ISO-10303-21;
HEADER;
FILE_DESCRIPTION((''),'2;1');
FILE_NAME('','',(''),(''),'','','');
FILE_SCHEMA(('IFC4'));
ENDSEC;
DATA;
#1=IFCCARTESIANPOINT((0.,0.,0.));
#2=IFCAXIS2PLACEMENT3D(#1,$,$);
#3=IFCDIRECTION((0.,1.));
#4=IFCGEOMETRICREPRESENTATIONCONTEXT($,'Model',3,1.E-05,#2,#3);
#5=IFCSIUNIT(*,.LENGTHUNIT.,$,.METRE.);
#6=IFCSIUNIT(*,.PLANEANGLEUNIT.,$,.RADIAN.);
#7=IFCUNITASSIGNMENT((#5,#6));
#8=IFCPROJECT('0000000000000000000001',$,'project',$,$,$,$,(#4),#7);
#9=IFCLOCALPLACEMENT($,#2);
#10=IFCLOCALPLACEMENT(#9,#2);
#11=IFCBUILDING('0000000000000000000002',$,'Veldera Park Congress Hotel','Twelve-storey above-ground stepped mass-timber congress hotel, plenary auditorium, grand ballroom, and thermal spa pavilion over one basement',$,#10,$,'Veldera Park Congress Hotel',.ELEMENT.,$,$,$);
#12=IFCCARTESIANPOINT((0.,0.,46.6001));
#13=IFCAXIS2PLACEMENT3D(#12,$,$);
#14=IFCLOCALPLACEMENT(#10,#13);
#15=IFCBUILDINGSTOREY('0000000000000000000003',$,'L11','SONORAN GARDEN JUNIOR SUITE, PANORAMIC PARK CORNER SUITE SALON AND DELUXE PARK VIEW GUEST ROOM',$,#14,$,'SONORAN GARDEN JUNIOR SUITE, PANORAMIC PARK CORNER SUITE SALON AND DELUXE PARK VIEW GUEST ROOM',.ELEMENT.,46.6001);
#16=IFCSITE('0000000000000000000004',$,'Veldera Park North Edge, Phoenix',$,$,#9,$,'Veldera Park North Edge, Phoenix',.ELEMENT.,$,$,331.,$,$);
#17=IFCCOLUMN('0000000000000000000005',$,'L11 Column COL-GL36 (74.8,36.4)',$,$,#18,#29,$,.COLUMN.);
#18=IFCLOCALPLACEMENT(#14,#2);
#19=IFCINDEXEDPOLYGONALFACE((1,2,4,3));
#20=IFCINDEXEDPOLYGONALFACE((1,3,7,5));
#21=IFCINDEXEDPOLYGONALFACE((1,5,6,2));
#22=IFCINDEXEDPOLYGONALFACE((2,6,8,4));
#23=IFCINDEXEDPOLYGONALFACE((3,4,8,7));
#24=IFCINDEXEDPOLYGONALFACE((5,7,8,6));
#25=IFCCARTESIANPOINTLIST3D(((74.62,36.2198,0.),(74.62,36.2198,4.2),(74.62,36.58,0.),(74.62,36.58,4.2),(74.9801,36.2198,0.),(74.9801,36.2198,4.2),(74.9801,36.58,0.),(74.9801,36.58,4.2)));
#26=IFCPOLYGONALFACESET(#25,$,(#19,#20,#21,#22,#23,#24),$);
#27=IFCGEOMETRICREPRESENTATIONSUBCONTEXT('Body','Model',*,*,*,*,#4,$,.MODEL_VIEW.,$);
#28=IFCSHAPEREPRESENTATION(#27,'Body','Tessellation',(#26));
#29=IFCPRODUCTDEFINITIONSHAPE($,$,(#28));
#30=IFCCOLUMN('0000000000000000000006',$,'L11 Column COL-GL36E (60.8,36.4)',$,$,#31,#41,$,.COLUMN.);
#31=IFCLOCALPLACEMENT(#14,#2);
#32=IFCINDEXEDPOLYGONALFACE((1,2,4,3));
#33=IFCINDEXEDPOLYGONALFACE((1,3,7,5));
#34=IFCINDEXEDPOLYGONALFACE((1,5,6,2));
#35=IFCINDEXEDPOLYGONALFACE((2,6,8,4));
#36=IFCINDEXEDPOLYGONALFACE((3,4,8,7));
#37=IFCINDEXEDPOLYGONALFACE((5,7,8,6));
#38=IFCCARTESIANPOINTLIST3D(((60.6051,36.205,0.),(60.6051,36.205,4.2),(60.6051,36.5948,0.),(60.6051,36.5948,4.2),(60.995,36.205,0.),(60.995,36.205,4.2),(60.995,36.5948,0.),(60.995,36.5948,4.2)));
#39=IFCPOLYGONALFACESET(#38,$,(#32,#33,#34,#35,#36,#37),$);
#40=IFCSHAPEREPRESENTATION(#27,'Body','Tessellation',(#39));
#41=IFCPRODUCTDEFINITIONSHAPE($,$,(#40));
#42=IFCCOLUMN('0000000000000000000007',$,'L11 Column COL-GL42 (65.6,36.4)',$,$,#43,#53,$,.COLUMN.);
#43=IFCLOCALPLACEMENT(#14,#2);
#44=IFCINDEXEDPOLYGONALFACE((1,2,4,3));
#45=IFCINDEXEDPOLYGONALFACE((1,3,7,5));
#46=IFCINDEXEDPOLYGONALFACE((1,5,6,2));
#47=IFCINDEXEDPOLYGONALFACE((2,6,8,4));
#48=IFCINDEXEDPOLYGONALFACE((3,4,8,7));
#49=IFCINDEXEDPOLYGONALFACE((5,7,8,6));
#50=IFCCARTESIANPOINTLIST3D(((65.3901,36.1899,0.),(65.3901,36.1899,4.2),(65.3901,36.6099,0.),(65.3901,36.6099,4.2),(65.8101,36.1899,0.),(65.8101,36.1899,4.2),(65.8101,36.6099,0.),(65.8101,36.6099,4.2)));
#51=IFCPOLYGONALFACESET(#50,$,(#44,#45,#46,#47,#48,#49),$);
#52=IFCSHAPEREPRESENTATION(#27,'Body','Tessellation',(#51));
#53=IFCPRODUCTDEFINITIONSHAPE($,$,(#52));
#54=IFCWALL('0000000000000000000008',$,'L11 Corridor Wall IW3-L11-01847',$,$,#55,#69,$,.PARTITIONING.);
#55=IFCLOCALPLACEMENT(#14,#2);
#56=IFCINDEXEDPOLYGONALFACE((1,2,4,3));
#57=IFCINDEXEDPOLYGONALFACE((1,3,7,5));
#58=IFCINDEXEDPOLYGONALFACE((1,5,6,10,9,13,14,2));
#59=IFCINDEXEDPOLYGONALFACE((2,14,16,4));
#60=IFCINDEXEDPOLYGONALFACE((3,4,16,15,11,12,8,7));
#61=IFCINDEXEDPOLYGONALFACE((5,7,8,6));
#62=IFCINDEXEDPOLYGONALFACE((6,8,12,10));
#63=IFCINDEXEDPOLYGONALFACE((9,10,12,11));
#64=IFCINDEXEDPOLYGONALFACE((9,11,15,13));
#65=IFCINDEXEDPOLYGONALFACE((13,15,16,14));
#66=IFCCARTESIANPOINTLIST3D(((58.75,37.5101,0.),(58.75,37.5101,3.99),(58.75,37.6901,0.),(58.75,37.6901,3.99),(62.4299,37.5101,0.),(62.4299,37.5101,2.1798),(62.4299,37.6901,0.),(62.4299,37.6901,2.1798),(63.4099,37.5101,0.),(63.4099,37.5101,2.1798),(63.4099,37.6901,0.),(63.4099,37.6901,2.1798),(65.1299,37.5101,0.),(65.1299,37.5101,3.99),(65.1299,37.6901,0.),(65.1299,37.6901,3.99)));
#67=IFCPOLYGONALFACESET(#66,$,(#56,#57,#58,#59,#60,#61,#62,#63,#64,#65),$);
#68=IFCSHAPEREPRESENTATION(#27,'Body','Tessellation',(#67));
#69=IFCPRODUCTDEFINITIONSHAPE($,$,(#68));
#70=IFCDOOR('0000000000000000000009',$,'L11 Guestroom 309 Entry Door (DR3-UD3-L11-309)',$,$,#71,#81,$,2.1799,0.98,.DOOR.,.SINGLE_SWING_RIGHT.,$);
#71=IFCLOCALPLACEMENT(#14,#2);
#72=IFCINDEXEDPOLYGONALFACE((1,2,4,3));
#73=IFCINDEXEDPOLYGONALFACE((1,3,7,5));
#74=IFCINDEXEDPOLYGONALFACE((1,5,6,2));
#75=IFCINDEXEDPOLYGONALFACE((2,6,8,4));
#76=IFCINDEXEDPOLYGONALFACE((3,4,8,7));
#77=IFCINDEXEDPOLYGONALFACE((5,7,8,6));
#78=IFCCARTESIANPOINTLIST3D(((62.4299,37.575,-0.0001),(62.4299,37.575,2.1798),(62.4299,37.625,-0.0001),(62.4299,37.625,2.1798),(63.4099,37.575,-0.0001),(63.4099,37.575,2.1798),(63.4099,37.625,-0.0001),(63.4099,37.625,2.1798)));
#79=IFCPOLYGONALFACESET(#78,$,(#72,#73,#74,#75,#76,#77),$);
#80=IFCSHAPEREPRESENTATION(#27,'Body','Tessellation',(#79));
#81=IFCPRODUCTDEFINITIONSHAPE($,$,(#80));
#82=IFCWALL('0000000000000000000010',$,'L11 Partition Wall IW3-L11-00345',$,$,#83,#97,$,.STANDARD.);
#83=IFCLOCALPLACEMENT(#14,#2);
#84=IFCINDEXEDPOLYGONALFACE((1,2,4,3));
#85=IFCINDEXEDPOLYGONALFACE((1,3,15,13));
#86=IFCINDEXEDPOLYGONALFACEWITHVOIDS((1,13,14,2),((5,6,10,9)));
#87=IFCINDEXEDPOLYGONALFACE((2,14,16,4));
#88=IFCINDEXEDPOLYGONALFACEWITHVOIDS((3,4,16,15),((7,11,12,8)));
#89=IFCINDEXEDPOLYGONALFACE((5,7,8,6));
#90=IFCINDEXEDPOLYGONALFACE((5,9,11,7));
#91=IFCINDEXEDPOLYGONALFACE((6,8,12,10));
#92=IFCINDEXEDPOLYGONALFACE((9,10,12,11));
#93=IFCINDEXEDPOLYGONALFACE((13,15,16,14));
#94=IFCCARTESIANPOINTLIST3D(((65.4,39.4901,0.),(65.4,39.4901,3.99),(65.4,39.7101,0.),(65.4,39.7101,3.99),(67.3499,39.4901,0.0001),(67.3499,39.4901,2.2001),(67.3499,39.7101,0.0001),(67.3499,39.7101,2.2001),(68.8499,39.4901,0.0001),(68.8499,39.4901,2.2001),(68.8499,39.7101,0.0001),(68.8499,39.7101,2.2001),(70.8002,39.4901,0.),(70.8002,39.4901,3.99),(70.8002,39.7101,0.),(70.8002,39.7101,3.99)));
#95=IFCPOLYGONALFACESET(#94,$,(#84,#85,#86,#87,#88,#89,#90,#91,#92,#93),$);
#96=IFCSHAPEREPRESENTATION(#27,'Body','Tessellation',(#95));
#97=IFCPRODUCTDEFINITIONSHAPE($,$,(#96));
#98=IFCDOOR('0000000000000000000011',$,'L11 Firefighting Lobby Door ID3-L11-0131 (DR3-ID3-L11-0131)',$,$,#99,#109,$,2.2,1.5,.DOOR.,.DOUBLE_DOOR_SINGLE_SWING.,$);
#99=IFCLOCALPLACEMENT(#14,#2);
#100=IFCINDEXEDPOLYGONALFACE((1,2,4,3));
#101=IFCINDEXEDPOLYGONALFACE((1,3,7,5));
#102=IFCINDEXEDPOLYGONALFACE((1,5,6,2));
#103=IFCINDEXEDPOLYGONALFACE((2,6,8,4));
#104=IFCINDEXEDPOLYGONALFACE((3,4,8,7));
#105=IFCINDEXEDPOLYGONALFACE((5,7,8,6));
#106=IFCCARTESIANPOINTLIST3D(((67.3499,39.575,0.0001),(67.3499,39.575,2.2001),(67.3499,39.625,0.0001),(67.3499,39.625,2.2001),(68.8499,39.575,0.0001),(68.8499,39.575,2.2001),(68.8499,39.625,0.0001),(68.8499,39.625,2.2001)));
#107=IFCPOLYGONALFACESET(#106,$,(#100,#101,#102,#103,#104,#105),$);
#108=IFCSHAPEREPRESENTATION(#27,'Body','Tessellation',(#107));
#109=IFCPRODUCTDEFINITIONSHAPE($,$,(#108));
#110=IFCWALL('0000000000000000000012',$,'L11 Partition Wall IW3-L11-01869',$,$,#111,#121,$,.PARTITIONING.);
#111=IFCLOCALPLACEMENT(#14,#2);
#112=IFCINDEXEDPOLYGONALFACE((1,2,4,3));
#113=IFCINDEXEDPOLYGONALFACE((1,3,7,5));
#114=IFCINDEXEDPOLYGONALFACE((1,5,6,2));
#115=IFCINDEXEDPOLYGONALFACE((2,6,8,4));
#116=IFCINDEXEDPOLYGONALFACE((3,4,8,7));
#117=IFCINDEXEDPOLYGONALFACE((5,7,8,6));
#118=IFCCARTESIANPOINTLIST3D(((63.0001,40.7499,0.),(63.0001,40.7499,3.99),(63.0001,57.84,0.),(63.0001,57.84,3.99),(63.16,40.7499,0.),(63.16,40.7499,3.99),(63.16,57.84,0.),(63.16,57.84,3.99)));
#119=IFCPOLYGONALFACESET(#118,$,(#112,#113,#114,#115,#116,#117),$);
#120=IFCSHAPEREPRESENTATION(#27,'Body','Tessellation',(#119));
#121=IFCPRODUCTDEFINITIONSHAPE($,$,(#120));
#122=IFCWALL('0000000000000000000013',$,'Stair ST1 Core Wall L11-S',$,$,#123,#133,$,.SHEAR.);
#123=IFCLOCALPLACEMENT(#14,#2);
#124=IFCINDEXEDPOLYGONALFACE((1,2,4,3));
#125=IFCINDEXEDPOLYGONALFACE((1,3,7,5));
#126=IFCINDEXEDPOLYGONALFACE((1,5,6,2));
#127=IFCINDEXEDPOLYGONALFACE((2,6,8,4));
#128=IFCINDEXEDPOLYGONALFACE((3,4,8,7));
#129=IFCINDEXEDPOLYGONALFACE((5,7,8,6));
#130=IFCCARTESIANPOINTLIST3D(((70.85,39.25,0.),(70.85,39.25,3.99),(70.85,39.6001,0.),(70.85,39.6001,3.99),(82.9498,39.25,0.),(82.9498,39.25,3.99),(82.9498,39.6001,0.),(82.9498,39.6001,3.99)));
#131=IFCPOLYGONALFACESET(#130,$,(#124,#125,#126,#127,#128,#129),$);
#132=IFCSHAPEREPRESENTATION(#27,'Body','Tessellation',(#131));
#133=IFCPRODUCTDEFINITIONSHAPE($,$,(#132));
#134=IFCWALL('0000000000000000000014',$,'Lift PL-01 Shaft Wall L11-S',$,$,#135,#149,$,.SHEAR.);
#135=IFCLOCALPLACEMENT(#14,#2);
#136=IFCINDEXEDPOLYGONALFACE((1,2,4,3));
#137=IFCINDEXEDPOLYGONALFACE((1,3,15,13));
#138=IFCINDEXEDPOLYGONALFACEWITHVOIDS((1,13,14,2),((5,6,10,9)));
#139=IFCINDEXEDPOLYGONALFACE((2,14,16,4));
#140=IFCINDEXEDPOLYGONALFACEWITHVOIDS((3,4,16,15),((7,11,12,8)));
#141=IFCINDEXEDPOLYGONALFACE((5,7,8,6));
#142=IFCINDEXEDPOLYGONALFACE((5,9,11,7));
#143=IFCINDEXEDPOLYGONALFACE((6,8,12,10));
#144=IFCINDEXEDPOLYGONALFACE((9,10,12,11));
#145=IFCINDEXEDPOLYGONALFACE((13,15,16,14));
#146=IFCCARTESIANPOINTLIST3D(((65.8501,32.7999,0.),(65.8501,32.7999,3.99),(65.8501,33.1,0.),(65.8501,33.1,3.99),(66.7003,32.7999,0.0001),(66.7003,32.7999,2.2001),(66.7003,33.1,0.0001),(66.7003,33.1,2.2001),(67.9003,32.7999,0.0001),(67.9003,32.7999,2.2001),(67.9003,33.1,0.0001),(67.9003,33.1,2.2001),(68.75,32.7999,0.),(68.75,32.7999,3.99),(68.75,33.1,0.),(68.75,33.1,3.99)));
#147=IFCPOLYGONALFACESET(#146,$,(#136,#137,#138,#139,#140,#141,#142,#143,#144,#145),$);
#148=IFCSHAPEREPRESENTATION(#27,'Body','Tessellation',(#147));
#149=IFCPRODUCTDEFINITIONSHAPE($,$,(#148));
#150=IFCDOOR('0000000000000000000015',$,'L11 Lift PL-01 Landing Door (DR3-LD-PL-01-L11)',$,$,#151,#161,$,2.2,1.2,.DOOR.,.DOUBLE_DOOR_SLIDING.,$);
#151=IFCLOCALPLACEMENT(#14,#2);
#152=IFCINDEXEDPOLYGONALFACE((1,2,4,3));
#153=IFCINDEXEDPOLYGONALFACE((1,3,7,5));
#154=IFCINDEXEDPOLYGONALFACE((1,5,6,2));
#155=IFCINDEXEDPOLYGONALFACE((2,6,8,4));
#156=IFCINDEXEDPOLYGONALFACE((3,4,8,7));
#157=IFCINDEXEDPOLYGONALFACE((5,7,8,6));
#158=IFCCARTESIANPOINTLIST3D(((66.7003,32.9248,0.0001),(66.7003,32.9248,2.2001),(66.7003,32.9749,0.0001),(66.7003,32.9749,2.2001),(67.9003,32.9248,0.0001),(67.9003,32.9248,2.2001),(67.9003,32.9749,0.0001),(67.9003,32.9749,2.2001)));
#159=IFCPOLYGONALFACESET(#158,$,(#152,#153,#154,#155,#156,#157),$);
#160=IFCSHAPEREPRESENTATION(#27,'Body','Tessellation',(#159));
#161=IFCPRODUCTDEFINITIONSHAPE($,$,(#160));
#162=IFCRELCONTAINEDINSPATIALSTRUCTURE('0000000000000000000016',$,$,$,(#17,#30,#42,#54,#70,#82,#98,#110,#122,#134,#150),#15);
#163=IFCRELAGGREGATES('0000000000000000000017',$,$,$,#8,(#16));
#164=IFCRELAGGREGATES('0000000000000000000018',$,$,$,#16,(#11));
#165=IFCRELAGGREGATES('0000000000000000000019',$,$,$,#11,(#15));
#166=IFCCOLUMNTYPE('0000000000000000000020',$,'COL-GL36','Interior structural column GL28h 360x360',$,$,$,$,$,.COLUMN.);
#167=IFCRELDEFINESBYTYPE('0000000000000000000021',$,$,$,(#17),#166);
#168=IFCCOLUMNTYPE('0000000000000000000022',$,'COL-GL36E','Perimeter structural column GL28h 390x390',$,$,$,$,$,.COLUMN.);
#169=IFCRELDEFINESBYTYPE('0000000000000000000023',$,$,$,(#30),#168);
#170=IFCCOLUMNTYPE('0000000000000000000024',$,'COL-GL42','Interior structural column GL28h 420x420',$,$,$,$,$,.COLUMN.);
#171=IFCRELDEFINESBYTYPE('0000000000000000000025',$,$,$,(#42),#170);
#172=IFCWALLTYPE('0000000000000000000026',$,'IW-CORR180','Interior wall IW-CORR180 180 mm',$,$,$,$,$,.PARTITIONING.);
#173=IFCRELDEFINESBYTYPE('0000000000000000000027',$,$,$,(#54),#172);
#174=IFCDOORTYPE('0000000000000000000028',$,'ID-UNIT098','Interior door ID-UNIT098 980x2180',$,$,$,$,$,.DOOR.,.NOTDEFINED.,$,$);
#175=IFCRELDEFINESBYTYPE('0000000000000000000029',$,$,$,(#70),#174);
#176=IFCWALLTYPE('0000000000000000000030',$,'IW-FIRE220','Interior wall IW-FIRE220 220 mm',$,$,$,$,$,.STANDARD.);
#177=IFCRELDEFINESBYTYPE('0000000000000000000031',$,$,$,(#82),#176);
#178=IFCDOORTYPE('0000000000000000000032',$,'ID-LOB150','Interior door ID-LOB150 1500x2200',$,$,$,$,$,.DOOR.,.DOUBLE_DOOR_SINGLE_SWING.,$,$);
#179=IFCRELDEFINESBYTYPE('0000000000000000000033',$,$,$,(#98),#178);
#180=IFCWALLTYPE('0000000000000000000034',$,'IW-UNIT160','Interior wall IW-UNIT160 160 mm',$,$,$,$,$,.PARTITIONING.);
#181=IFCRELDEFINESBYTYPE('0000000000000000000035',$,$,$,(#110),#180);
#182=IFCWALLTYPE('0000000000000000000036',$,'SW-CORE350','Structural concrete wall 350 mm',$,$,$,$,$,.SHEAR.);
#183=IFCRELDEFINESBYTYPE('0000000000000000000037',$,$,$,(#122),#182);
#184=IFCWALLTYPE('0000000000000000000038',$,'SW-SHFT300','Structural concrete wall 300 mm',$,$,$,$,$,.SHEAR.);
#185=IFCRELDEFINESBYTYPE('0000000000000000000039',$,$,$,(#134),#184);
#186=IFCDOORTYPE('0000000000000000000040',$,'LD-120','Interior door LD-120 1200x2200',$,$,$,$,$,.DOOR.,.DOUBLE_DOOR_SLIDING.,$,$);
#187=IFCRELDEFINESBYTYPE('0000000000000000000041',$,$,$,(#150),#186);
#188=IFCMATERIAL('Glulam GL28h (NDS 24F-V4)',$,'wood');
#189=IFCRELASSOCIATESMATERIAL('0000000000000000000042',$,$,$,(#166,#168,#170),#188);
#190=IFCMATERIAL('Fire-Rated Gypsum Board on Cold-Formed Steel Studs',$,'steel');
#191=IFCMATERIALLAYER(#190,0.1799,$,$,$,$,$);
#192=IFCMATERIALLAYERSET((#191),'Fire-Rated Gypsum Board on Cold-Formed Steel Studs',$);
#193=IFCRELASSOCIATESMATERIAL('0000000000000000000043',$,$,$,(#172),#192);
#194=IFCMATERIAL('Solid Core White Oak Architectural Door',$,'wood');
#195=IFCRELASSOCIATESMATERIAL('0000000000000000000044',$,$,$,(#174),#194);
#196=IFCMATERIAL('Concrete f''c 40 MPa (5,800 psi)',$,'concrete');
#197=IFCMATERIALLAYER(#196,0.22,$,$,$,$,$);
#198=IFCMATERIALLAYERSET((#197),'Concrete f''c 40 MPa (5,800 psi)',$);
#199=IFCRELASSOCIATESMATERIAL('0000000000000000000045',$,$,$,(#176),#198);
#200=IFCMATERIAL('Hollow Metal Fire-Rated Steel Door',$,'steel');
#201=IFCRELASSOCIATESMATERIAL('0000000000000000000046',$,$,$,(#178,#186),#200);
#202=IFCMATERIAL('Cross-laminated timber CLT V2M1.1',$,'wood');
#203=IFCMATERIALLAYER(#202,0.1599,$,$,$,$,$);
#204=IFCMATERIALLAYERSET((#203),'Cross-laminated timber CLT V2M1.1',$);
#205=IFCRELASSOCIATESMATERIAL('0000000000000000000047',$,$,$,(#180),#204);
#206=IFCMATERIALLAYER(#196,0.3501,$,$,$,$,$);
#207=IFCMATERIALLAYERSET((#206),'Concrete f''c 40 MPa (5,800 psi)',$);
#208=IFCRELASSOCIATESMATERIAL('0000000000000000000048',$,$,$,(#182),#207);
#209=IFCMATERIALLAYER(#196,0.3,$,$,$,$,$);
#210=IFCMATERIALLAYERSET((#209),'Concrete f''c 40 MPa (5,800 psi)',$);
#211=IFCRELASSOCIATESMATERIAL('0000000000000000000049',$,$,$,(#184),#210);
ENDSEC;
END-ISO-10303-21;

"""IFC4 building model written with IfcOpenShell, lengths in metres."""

from ifc_helpers import new_model, si_unit, direction, frame, frame_2d, origin, origin_2d, place, context, subcontext, project, spatial, rectangle, extrude, material, layer, layer_set, material_profile, profile_set, type_object, element, fill, save


model = new_model("IFC4")

# Units and contexts
model_context = context("Model", 3, precision=1e-05, world=origin(), true_north=direction((0.0, 1.0)))
body_context = subcontext(model_context, "Body", "Model", "MODEL_VIEW")
ifc_project = project(units=[si_unit("LENGTHUNIT", "METRE"), si_unit("PLANEANGLEUNIT", "RADIAN")], contexts=[model_context])

# Site, building, storey
site_placement = place(None, origin())
site = spatial("IfcSite", under=ifc_project, at=site_placement, Name="Veldera Park North Edge, Phoenix", LongName="Veldera Park North Edge, Phoenix", CompositionType="ELEMENT", RefElevation=331.0)
building_placement = place(site_placement, origin())
building = spatial("IfcBuilding", under=site, at=building_placement, Name="Veldera Park Congress Hotel", Description="Twelve-storey above-ground stepped mass-timber congress hotel, plenary auditorium, grand ballroom, and thermal spa pavilion over one basement", LongName="Veldera Park Congress Hotel", CompositionType="ELEMENT")
storey_placement = place(building_placement, frame((0.0, 0.0, 46.6001)))
storey = spatial("IfcBuildingStorey", under=building, at=storey_placement, Name="L11", Description="SONORAN GARDEN JUNIOR SUITE, PANORAMIC PARK CORNER SUITE SALON AND DELUXE PARK VIEW GUEST ROOM", LongName="SONORAN GARDEN JUNIOR SUITE, PANORAMIC PARK CORNER SUITE SALON AND DELUXE PARK VIEW GUEST ROOM", CompositionType="ELEMENT", Elevation=46.6001)

# Columns
ifc_material_1 = material(Name="Glulam GL28h (NDS 24F-V4)", Category="wood")
ifc_material_profile_1 = material_profile(ifc_material_1, rectangle(XDim=0.3601, YDim=0.3601, at=origin_2d()), Name="GL28h 360x360")
ifc_profile_set_1 = profile_set([ifc_material_profile_1], Name="Glulam GL28h (NDS 24F-V4)")
column_type_1 = type_object("IfcColumnType", Name="COL-GL36", Description="Interior structural column GL28h 360x360", PredefinedType="COLUMN", material=ifc_profile_set_1)
column_1_placement = place(storey_placement, frame((74.8, 36.3999, 0.0), z_axis=(0.0, 0.0, 1.0), x_axis=(1.0, 0.0, 0.0)))
element("IfcColumn", 1, at=column_1_placement, inside=storey, type_object=column_type_1, Name="L11 Column COL-GL36 (74.8,36.4)", PredefinedType="COLUMN", context=body_context, shape_type="SweptSolid", body=[
    extrude(rectangle(XDim=0.3601, YDim=0.3601, at=origin_2d()), origin(), (0.0, 0.0, 1.0), 4.2),
])
ifc_material_profile_2 = material_profile(ifc_material_1, rectangle(XDim=0.3899, YDim=0.3899, at=origin_2d()), Name="GL28h 390x390")
ifc_profile_set_2 = profile_set([ifc_material_profile_2], Name="Glulam GL28h (NDS 24F-V4)")
column_type_2 = type_object("IfcColumnType", Name="COL-GL36E", Description="Perimeter structural column GL28h 390x390", PredefinedType="COLUMN", material=ifc_profile_set_2)
column_2_placement = place(storey_placement, frame((60.8, 36.3999, 0.0), z_axis=(0.0, 0.0, 1.0), x_axis=(1.0, 0.0, 0.0)))
element("IfcColumn", 2, at=column_2_placement, inside=storey, type_object=column_type_2, Name="L11 Column COL-GL36E (60.8,36.4)", PredefinedType="COLUMN", context=body_context, shape_type="SweptSolid", body=[
    extrude(rectangle(XDim=0.3899, YDim=0.3899, at=origin_2d()), origin(), (0.0, 0.0, 1.0), 4.2),
])
ifc_material_profile_3 = material_profile(ifc_material_1, rectangle(XDim=0.4199, YDim=0.4199, at=origin_2d()), Name="GL28h 420x420")
ifc_profile_set_3 = profile_set([ifc_material_profile_3], Name="Glulam GL28h (NDS 24F-V4)")
column_type_3 = type_object("IfcColumnType", Name="COL-GL42", Description="Interior structural column GL28h 420x420", PredefinedType="COLUMN", material=ifc_profile_set_3)
column_3_placement = place(storey_placement, frame((65.6001, 36.3999, 0.0), z_axis=(0.0, 0.0, 1.0), x_axis=(1.0, 0.0, 0.0)))
element("IfcColumn", 3, at=column_3_placement, inside=storey, type_object=column_type_3, Name="L11 Column COL-GL42 (65.6,36.4)", PredefinedType="COLUMN", context=body_context, shape_type="SweptSolid", body=[
    extrude(rectangle(XDim=0.4199, YDim=0.4199, at=origin_2d()), origin(), (0.0, 0.0, 1.0), 4.2),
])

# Walls, openings, doors
ifc_material_2 = material(Name="Fire-Rated Gypsum Board on Cold-Formed Steel Studs", Category="steel")
ifc_material_3 = material(Name="Solid Core White Oak Architectural Door", Category="wood")
ifc_layer_1 = layer(ifc_material_2, 0.1799)
ifc_layer_set_1 = layer_set([ifc_layer_1], Name="Fire-Rated Gypsum Board on Cold-Formed Steel Studs")
wall_type_1 = type_object("IfcWallType", Name="IW-CORR180", Description="Interior wall IW-CORR180 180 mm", PredefinedType="PARTITIONING", material=ifc_layer_set_1)
wall_1_placement = place(storey_placement, frame((65.1299, 37.6001, 0.0), z_axis=(0.0, 0.0, 1.0), x_axis=(-1.0, 0.0, 0.0)))
wall_1 = element("IfcWall", 4, at=wall_1_placement, inside=storey, type_object=wall_type_1, Name="L11 Corridor Wall IW3-L11-01847", PredefinedType="PARTITIONING", context=body_context, shape_type="SweptSolid", body=[
    extrude(rectangle(XDim=6.3799, YDim=0.1799, at=frame_2d((3.1899, 0.0))), origin(), (0.0, 0.0, 1.0), 3.99),
])
opening_1_placement = place(wall_1_placement, frame((1.72, 0.0, 0.0)))
opening_1 = element("IfcOpeningElement", 5, at=opening_1_placement, cuts=wall_1, PredefinedType="OPENING", context=body_context, shape_type="SweptSolid", body=[
    extrude(rectangle(XDim=0.98, YDim=2.1799, at=frame_2d((0.49, 1.0898))), frame((0.0, 0.1021, 0.0), z_axis=(0.0, -1.0, 0.0), x_axis=(1.0, 0.0, 0.0)), (0.0, 0.0, 1.0), 0.2039),
])
door_type_1 = type_object("IfcDoorType", Name="ID-UNIT098", Description="Interior door ID-UNIT098 980x2180", OperationType="NOTDEFINED", PredefinedType="DOOR", material=ifc_material_3)
door_1_placement = place(opening_1_placement, frame((0.98, 0.0, 0.0), z_axis=(0.0, 0.0, 1.0), x_axis=(-1.0, 0.0, 0.0)))
door_1 = element("IfcDoor", 6, at=door_1_placement, inside=storey, type_object=door_type_1, Name="L11 Guestroom 309 Entry Door (DR3-UD3-L11-309)", OperationType="SINGLE_SWING_RIGHT", OverallHeight=2.1799, OverallWidth=0.98, PredefinedType="DOOR", context=body_context, shape_type="SweptSolid", body=[
    extrude(rectangle(XDim=0.98, YDim=2.1799, at=frame_2d((0.49, 1.0898))), frame((0.0, 0.0249, 0.0), z_axis=(0.0, -1.0, 0.0), x_axis=(1.0, 0.0, 0.0)), (0.0, 0.0, 1.0), 0.05),
])
fill(opening_1, door_1)
ifc_material_4 = material(Name="Concrete f'c 40 MPa (5,800 psi)", Category="concrete")
ifc_layer_2 = layer(ifc_material_4, 0.22)
ifc_layer_set_2 = layer_set([ifc_layer_2], Name="Concrete f'c 40 MPa (5,800 psi)")
wall_type_2 = type_object("IfcWallType", Name="IW-FIRE220", Description="Interior wall IW-FIRE220 220 mm", PredefinedType="STANDARD", material=ifc_layer_set_2)
wall_2_placement = place(storey_placement, frame((65.3999, 39.6001, 0.0), z_axis=(0.0, 0.0, 1.0), x_axis=(1.0, 0.0, 0.0)))
wall_2 = element("IfcWall", 7, at=wall_2_placement, inside=storey, type_object=wall_type_2, Name="L11 Partition Wall IW3-L11-00345", PredefinedType="STANDARD", context=body_context, shape_type="SweptSolid", body=[
    extrude(rectangle(XDim=5.4001, YDim=0.22, at=frame_2d((2.7002, 0.0))), origin(), (0.0, 0.0, 1.0), 3.99),
])
opening_2_placement = place(wall_2_placement, frame((1.95, 0.0, 0.0)))
opening_2 = element("IfcOpeningElement", 8, at=opening_2_placement, cuts=wall_2, PredefinedType="OPENING", context=body_context, shape_type="SweptSolid", body=[
    extrude(rectangle(XDim=1.5, YDim=2.2, at=frame_2d((0.75, 1.1001))), frame((0.0, 0.1221, 0.0), z_axis=(0.0, -1.0, 0.0), x_axis=(1.0, 0.0, 0.0)), (0.0, 0.0, 1.0), 0.2439),
])
ifc_material_5 = material(Name="Hollow Metal Fire-Rated Steel Door", Category="steel")
door_type_2 = type_object("IfcDoorType", Name="ID-LOB150", Description="Interior door ID-LOB150 1500x2200", OperationType="DOUBLE_DOOR_SINGLE_SWING", PredefinedType="DOOR", material=ifc_material_5)
door_2_placement = place(opening_2_placement, origin())
door_2 = element("IfcDoor", 9, at=door_2_placement, inside=storey, type_object=door_type_2, Name="L11 Firefighting Lobby Door ID3-L11-0131 (DR3-ID3-L11-0131)", OperationType="DOUBLE_DOOR_SINGLE_SWING", OverallHeight=2.2, OverallWidth=1.5, PredefinedType="DOOR", context=body_context, shape_type="SweptSolid", body=[
    extrude(rectangle(XDim=1.5, YDim=2.2, at=frame_2d((0.75, 1.1001))), frame((0.0, 0.0249, 0.0), z_axis=(0.0, -1.0, 0.0), x_axis=(1.0, 0.0, 0.0)), (0.0, 0.0, 1.0), 0.05),
])
fill(opening_2, door_2)

# Walls
ifc_material_6 = material(Name="Cross-laminated timber CLT V2M1.1", Category="wood")
ifc_layer_3 = layer(ifc_material_6, 0.1599)
ifc_layer_set_3 = layer_set([ifc_layer_3], Name="Cross-laminated timber CLT V2M1.1")
wall_type_3 = type_object("IfcWallType", Name="IW-UNIT160", Description="Interior wall IW-UNIT160 160 mm", PredefinedType="PARTITIONING", material=ifc_layer_set_3)
wall_3_placement = place(storey_placement, frame((63.0801, 40.75, 0.0), z_axis=(0.0, 0.0, 1.0), x_axis=(0.0, 1.0, 0.0)))
element("IfcWall", 10, at=wall_3_placement, inside=storey, type_object=wall_type_3, Name="L11 Partition Wall IW3-L11-01869", PredefinedType="PARTITIONING", context=body_context, shape_type="SweptSolid", body=[
    extrude(rectangle(XDim=17.0901, YDim=0.1599, at=frame_2d((8.5449, 0.0))), origin(), (0.0, 0.0, 1.0), 3.99),
])
ifc_layer_4 = layer(ifc_material_4, 0.3501)
ifc_layer_set_4 = layer_set([ifc_layer_4], Name="Concrete f'c 40 MPa (5,800 psi)")
wall_type_4 = type_object("IfcWallType", Name="SW-CORE350", Description="Structural concrete wall 350 mm", PredefinedType="SHEAR", material=ifc_layer_set_4)
wall_4_placement = place(storey_placement, frame((70.8501, 39.425, 0.0), z_axis=(0.0, 0.0, 1.0), x_axis=(1.0, 0.0, 0.0)))
element("IfcWall", 11, at=wall_4_placement, inside=storey, type_object=wall_type_4, Name="Stair ST1 Core Wall L11-S", PredefinedType="SHEAR", context=body_context, shape_type="SweptSolid", body=[
    extrude(rectangle(XDim=12.0999, YDim=0.3501, at=frame_2d((6.0498, 0.0))), origin(), (0.0, 0.0, 1.0), 3.99),
])

# Wall, opening, door
ifc_layer_5 = layer(ifc_material_4, 0.3)
ifc_layer_set_5 = layer_set([ifc_layer_5], Name="Concrete f'c 40 MPa (5,800 psi)")
wall_type_5 = type_object("IfcWallType", Name="SW-SHFT300", Description="Structural concrete wall 300 mm", PredefinedType="SHEAR", material=ifc_layer_set_5)
wall_5_placement = place(storey_placement, frame((65.8501, 32.95, 0.0), z_axis=(0.0, 0.0, 1.0), x_axis=(1.0, 0.0, 0.0)))
wall_5 = element("IfcWall", 12, at=wall_5_placement, inside=storey, type_object=wall_type_5, Name="Lift PL-01 Shaft Wall L11-S", PredefinedType="SHEAR", context=body_context, shape_type="SweptSolid", body=[
    extrude(rectangle(XDim=2.8999, YDim=0.3, at=frame_2d((1.45, 0.0))), origin(), (0.0, 0.0, 1.0), 3.99),
])
opening_3_placement = place(wall_5_placement, frame((0.8501, 0.0, 0.0)))
opening_3 = element("IfcOpeningElement", 13, at=opening_3_placement, cuts=wall_5, PredefinedType="OPENING", context=body_context, shape_type="SweptSolid", body=[
    extrude(rectangle(XDim=1.2, YDim=2.2, at=frame_2d((0.6001, 1.1001))), frame((0.0, 0.1621, 0.0), z_axis=(0.0, -1.0, 0.0), x_axis=(1.0, 0.0, 0.0)), (0.0, 0.0, 1.0), 0.324),
])
door_type_3 = type_object("IfcDoorType", Name="LD-120", Description="Interior door LD-120 1200x2200", OperationType="DOUBLE_DOOR_SLIDING", PredefinedType="DOOR", material=ifc_material_5)
door_3_placement = place(opening_3_placement, origin())
door_3 = element("IfcDoor", 14, at=door_3_placement, inside=storey, type_object=door_type_3, Name="L11 Lift PL-01 Landing Door (DR3-LD-PL-01-L11)", OperationType="DOUBLE_DOOR_SLIDING", OverallHeight=2.2, OverallWidth=1.2, PredefinedType="DOOR", context=body_context, shape_type="SweptSolid", body=[
    extrude(rectangle(XDim=1.2, YDim=2.2, at=frame_2d((0.6001, 1.1001))), frame((0.0, 0.0249, 0.0), z_axis=(0.0, -1.0, 0.0), x_axis=(1.0, 0.0, 0.0)), (0.0, 0.0, 1.0), 0.05),
])
fill(opening_3, door_3)

save(model, "model.ifc")
